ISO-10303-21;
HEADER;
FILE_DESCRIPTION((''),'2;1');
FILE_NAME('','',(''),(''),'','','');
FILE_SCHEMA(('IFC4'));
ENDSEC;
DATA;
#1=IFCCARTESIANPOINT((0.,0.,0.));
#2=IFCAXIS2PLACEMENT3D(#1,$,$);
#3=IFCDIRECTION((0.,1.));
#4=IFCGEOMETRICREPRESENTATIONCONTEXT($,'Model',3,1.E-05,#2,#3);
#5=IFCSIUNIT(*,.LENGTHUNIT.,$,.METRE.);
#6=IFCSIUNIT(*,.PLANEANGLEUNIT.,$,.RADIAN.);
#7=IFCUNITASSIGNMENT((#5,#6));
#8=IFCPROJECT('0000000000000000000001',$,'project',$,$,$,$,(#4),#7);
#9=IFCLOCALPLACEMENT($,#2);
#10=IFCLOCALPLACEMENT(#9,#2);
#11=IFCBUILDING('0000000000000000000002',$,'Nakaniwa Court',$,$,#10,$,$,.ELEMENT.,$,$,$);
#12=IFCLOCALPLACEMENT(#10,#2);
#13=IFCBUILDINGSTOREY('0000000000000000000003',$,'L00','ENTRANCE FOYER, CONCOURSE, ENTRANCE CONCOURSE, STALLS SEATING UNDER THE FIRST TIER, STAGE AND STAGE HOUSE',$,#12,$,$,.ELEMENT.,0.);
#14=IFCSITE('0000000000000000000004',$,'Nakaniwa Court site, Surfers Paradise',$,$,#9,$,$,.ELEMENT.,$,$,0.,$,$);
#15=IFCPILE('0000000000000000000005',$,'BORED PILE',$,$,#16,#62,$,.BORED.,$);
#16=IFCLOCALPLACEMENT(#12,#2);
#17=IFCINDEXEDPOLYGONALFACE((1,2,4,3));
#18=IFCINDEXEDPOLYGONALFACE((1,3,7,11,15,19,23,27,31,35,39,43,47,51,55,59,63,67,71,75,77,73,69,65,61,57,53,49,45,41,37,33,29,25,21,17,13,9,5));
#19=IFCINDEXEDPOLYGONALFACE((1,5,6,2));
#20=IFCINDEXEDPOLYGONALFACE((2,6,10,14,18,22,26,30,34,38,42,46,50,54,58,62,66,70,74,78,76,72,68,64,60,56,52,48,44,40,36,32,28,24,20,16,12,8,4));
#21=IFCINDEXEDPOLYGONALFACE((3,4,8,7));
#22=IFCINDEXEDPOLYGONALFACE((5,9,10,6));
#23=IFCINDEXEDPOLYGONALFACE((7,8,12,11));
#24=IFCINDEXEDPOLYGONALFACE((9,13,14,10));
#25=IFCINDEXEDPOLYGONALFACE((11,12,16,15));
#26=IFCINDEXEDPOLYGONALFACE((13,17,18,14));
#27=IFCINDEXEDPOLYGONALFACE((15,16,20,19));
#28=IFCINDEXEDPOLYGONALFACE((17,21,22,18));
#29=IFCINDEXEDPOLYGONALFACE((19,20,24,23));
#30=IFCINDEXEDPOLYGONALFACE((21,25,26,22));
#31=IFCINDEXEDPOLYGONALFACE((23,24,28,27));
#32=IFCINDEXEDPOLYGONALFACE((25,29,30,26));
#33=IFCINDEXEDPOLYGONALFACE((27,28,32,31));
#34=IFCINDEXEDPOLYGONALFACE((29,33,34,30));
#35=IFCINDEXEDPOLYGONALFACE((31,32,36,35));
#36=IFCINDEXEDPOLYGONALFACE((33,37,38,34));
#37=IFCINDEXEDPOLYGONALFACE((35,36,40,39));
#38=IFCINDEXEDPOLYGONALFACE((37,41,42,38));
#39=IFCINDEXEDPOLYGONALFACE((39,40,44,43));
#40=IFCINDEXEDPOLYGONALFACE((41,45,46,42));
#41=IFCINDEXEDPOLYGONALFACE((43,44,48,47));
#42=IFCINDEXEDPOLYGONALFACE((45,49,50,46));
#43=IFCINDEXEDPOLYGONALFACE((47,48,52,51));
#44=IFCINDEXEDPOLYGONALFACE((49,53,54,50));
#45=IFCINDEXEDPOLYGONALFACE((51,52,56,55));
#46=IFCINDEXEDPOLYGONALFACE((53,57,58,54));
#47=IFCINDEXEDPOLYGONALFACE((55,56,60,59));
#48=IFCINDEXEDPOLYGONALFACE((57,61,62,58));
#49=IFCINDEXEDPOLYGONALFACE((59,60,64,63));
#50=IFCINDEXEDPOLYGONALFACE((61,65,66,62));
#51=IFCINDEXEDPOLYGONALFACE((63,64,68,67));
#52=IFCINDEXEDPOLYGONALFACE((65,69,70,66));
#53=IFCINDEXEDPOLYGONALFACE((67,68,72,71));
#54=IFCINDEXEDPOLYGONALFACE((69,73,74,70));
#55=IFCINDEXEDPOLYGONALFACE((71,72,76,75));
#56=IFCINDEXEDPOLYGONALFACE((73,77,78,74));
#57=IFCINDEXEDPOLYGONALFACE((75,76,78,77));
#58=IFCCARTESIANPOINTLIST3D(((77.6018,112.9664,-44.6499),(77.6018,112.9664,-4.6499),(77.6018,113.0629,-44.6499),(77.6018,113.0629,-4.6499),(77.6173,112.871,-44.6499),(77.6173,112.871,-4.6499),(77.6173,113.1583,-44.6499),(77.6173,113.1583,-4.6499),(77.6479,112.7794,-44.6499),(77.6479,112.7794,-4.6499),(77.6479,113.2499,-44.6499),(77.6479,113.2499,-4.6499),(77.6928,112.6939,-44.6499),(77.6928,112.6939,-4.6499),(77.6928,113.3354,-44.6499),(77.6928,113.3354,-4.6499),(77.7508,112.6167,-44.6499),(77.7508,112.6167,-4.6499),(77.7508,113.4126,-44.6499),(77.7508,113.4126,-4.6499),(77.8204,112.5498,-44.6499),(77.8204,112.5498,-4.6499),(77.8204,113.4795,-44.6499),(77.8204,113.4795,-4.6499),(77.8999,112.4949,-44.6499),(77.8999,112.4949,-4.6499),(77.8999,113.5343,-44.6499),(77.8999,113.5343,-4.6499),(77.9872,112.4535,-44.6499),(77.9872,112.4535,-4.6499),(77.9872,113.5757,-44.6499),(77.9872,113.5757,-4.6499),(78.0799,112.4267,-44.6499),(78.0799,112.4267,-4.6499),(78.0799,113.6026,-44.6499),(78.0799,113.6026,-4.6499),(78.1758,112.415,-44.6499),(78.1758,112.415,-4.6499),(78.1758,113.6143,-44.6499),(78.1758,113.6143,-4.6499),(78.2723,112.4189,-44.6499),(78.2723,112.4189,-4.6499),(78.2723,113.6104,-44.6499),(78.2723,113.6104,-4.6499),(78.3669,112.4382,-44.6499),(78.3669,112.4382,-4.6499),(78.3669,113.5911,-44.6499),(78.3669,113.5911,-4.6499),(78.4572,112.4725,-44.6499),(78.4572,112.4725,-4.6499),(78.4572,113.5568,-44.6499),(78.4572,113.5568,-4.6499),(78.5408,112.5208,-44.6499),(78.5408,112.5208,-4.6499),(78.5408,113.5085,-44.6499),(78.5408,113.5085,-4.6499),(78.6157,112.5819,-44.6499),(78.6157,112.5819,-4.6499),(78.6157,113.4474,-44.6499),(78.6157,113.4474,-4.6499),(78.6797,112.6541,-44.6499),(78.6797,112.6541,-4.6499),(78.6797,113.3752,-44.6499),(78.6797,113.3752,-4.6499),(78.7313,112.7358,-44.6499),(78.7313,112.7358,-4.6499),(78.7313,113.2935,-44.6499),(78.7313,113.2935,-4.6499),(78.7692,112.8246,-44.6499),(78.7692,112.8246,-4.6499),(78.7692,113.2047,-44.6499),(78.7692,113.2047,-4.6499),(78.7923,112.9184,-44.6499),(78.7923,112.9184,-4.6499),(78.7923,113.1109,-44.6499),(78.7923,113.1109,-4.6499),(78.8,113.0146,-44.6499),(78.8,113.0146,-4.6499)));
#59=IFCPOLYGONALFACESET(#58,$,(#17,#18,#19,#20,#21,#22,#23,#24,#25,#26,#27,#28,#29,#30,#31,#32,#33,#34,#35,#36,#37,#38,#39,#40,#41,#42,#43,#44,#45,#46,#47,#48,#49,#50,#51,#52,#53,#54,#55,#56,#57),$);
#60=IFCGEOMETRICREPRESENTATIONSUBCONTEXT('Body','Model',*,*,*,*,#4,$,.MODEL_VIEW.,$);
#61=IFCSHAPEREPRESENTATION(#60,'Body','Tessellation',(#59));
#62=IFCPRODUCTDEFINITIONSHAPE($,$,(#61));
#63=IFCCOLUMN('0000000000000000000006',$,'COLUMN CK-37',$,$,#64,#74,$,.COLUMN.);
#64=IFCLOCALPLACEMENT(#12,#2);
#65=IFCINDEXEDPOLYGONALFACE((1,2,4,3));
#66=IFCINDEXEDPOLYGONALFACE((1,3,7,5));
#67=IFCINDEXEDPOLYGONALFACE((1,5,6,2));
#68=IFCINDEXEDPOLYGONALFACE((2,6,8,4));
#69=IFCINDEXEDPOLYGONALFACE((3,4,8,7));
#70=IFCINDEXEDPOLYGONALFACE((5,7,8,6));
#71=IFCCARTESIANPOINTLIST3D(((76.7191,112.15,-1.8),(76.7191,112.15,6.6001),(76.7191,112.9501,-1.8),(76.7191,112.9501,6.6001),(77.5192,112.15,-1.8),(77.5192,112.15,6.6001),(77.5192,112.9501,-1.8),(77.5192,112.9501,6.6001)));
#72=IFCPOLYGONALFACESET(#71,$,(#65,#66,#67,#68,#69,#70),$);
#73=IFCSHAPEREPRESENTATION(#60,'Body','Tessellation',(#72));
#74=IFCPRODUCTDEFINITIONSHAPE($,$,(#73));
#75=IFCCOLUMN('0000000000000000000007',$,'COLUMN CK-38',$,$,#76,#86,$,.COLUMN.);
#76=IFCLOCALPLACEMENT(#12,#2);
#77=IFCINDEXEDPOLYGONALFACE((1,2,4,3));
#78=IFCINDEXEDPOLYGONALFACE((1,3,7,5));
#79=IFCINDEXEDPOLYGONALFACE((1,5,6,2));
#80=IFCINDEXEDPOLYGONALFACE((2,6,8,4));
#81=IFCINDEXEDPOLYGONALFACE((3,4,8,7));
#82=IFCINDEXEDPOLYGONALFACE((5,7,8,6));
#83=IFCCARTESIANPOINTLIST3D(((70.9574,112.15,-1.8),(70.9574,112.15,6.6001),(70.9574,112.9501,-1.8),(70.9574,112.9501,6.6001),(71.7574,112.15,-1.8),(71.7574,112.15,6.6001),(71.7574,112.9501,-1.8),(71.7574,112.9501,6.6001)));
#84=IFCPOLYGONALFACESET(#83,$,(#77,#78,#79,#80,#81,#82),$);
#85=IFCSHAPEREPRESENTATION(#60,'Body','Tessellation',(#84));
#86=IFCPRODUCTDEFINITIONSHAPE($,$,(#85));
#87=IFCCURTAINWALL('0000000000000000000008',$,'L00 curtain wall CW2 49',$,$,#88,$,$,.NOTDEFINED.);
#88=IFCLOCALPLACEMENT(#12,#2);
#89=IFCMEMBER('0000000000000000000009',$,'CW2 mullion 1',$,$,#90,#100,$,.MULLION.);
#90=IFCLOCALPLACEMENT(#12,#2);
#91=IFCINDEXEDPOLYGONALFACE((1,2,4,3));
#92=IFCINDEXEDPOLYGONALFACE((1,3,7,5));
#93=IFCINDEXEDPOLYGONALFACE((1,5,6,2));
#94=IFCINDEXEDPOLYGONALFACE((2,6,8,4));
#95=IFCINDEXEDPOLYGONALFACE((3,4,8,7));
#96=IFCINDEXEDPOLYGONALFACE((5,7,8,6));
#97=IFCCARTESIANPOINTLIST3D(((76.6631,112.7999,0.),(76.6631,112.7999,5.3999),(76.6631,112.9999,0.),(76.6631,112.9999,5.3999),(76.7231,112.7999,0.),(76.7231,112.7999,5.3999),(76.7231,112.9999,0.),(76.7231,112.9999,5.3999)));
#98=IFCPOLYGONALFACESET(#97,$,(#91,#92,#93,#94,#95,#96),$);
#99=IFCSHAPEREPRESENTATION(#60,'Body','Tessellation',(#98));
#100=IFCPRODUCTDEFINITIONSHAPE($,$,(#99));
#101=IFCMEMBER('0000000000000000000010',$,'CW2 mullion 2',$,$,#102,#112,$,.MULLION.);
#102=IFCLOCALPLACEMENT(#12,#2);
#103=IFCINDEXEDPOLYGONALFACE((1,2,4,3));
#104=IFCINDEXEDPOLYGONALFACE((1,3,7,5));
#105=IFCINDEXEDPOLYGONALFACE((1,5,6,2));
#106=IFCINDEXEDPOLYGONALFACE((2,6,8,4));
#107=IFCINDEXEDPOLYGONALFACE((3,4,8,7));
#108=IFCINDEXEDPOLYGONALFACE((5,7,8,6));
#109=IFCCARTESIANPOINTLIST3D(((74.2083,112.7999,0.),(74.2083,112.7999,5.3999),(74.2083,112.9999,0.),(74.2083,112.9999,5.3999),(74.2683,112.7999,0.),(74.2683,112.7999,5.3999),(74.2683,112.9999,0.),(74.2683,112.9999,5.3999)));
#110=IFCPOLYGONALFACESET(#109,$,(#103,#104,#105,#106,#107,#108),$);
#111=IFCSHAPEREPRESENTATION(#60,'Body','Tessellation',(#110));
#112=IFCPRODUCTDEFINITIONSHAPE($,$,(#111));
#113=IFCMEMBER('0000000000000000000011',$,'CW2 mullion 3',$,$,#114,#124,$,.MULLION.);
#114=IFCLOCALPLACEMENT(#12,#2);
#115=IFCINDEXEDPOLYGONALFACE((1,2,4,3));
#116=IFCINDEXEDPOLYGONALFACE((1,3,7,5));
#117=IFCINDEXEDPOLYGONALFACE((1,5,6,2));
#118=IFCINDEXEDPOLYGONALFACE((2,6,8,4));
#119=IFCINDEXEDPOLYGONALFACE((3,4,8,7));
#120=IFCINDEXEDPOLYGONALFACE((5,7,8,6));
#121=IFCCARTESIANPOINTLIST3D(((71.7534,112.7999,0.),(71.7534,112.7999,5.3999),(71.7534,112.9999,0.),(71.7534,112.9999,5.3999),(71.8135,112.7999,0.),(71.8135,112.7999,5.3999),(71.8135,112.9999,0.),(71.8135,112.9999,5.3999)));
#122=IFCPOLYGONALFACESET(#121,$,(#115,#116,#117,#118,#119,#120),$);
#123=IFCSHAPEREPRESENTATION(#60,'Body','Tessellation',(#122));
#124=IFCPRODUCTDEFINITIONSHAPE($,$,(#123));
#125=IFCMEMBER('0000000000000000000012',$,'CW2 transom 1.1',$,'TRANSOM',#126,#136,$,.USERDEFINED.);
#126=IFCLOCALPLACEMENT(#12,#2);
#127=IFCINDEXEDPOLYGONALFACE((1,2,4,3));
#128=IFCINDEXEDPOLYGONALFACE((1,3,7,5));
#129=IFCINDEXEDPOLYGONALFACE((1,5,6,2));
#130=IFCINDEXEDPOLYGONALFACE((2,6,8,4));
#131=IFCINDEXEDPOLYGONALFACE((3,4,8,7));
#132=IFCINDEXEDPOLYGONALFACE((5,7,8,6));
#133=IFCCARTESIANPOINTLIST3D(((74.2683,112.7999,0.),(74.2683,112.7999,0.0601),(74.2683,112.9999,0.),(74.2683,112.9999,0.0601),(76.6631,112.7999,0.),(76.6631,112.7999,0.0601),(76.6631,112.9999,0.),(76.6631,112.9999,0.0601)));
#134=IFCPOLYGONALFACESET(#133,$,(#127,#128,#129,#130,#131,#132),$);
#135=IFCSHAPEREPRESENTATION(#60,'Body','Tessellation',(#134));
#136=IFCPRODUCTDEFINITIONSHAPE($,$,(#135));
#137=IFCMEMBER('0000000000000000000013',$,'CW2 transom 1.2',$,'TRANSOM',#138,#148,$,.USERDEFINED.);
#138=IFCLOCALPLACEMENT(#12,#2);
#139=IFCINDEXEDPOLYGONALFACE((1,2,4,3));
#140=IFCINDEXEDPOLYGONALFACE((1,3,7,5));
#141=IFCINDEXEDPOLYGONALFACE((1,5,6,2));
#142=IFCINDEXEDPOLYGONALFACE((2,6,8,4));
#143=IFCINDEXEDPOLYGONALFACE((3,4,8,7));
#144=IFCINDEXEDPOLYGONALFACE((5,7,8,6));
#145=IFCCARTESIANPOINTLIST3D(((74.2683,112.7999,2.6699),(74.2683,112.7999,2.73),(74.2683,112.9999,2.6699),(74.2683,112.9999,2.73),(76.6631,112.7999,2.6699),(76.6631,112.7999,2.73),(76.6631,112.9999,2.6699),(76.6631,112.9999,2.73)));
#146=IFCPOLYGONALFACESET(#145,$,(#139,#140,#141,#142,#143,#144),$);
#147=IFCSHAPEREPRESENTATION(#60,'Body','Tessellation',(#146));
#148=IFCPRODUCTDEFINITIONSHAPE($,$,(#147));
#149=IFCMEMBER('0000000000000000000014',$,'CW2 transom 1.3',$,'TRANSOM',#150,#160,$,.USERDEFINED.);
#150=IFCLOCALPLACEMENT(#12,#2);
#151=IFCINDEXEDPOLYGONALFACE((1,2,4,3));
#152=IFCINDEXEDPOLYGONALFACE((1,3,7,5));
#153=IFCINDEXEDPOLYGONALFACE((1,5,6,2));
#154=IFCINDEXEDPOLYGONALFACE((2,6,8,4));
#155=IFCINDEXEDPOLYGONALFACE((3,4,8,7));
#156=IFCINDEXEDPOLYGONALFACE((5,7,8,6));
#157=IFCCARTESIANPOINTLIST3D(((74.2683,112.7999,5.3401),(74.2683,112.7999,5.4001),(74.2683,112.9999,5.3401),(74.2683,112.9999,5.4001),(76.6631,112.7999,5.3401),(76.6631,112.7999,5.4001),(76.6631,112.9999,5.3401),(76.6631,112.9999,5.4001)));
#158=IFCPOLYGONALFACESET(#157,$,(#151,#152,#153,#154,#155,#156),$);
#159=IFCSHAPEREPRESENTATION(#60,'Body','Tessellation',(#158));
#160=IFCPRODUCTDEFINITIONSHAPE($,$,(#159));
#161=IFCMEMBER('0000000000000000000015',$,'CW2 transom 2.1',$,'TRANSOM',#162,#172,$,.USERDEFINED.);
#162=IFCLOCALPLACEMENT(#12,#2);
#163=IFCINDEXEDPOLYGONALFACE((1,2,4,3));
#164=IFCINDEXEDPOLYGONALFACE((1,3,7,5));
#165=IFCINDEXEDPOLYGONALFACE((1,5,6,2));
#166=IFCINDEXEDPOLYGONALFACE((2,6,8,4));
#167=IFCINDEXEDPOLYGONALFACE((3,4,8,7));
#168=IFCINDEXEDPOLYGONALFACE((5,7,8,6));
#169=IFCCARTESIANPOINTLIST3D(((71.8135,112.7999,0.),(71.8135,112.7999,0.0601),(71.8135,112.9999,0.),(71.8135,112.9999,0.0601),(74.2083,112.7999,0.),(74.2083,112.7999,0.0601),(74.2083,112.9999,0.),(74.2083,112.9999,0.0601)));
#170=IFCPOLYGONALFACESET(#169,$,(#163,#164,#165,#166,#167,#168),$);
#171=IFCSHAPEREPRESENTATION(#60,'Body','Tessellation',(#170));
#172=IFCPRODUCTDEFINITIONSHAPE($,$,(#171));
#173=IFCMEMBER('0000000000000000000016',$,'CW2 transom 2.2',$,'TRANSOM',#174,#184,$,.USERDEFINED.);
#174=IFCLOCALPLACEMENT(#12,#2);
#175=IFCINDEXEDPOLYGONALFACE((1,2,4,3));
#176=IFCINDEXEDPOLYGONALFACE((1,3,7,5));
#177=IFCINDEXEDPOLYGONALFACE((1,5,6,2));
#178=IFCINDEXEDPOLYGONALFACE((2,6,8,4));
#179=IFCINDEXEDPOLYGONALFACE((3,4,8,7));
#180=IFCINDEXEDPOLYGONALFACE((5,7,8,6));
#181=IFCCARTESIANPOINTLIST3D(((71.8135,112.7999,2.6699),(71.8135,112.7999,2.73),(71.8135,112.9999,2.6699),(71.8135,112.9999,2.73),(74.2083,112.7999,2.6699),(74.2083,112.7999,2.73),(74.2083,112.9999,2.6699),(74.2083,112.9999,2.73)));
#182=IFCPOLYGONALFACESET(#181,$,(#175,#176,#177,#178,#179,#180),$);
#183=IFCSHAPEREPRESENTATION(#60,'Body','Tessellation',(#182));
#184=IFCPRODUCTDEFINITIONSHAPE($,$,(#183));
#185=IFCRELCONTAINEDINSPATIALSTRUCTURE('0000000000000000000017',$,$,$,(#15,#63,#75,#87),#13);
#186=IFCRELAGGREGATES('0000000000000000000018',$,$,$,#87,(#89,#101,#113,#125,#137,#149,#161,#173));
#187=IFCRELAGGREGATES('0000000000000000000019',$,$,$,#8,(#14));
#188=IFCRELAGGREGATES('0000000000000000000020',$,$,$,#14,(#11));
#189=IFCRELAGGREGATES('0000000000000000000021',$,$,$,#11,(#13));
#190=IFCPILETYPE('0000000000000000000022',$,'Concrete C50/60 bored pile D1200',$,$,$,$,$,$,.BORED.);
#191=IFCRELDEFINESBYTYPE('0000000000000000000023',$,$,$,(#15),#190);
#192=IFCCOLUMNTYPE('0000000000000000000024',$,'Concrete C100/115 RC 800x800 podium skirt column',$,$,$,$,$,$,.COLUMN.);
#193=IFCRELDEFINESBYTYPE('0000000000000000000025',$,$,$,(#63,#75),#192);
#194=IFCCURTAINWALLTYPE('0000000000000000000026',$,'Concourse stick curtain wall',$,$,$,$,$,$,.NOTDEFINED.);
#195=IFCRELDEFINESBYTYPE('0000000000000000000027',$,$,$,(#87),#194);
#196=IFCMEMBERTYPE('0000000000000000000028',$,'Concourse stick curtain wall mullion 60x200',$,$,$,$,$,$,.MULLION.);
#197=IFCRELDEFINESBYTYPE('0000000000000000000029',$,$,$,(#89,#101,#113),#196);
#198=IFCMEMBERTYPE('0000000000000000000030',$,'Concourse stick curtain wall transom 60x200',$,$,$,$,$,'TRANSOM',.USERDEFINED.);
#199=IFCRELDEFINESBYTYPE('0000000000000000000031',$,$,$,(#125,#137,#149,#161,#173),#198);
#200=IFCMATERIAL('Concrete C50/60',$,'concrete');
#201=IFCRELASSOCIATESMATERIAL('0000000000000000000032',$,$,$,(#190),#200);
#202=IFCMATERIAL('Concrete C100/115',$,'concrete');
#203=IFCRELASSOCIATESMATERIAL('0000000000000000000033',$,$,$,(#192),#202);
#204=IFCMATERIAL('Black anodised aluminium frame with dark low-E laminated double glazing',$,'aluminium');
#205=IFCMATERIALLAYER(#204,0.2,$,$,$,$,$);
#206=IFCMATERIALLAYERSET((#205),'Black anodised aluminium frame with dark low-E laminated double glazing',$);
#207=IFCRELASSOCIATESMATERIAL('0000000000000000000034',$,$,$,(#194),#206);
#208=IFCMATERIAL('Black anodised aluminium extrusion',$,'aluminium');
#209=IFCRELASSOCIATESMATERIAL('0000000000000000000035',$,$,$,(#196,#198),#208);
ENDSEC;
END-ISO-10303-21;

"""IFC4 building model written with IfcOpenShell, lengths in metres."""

from ifc_helpers import new_model, si_unit, direction, frame, origin, origin_2d, place, context, subcontext, project, spatial, rectangle, circle, extrude, material, layer, layer_set, material_profile, profile_set, type_object, element, aggregate, save


model = new_model("IFC4")

# Units and contexts
model_context = context("Model", 3, precision=1e-05, world=origin(), true_north=direction((0.0, 1.0)))
body_context = subcontext(model_context, "Body", "Model", "MODEL_VIEW")
ifc_project = project(units=[si_unit("LENGTHUNIT", "METRE"), si_unit("PLANEANGLEUNIT", "RADIAN")], contexts=[model_context])

# Site, building, storey
site_placement = place(None, origin())
site = spatial("IfcSite", under=ifc_project, at=site_placement, Name="Nakaniwa Court site, Surfers Paradise", CompositionType="ELEMENT", RefElevation=0.0)
building_placement = place(site_placement, origin())
building = spatial("IfcBuilding", under=site, at=building_placement, Name="Nakaniwa Court", CompositionType="ELEMENT")
storey_placement = place(building_placement, origin())
storey = spatial("IfcBuildingStorey", under=building, at=storey_placement, Name="L00", Description="ENTRANCE FOYER, CONCOURSE, ENTRANCE CONCOURSE, STALLS SEATING UNDER THE FIRST TIER, STAGE AND STAGE HOUSE", CompositionType="ELEMENT", Elevation=0.0)

# Pile
ifc_material_1 = material(Name="Concrete C50/60", Category="concrete")
ifc_material_profile_1 = material_profile(ifc_material_1, circle(Radius=0.6001, at=origin_2d()), Name="Concrete C50/60 bored pile D1200")
ifc_profile_set_1 = profile_set([ifc_material_profile_1], Name="Concrete C50/60")
pile_type = type_object("IfcPileType", Name="Concrete C50/60 bored pile D1200", PredefinedType="BORED", material=ifc_profile_set_1)
for number, where, z_axis, x_axis, name in (
    (1, (78.2, 113.0146, -4.6499), (0.0, 0.0, -1.0), (1.0, 0.0, 0.0), "BORED PILE"),
):
    element("IfcPile", number, at=place(storey_placement, frame(where, z_axis=z_axis, x_axis=x_axis)), inside=storey, type_object=pile_type, Name=name, PredefinedType="BORED", context=body_context, shape_type="SweptSolid", body=[
        extrude(circle(Radius=0.6001, at=origin_2d()), origin(), (0.0, 0.0, 1.0), 40.0),
    ])

# Columns
ifc_material_2 = material(Name="Concrete C100/115", Category="concrete")
ifc_material_profile_2 = material_profile(ifc_material_2, rectangle(XDim=0.8, YDim=0.8, at=origin_2d()), Name="Concrete C100/115 RC 800x800 podium skirt column")
ifc_profile_set_2 = profile_set([ifc_material_profile_2], Name="Concrete C100/115")
column_type = type_object("IfcColumnType", Name="Concrete C100/115 RC 800x800 podium skirt column", PredefinedType="COLUMN", material=ifc_profile_set_2)
for number, where, z_axis, x_axis, name in (
    (2, (77.1191, 112.55, -1.8), (0.0, 0.0, 1.0), (-1.0, 0.0, 0.0), "COLUMN CK-37"),
    (3, (71.3574, 112.55, -1.8), (0.0, 0.0, 1.0), (-1.0, 0.0, 0.0), "COLUMN CK-38"),
):
    element("IfcColumn", number, at=place(storey_placement, frame(where, z_axis=z_axis, x_axis=x_axis)), inside=storey, type_object=column_type, Name=name, PredefinedType="COLUMN", context=body_context, shape_type="SweptSolid", body=[
        extrude(rectangle(XDim=0.8, YDim=0.8, at=origin_2d()), origin(), (0.0, 0.0, 1.0), 8.4001),
    ])

# Curtain wall, members
ifc_material_3 = material(Name="Black anodised aluminium frame with dark low-E laminated double glazing", Category="aluminium")
ifc_layer_1 = layer(ifc_material_3, 0.2)
ifc_layer_set_1 = layer_set([ifc_layer_1], Name="Black anodised aluminium frame with dark low-E laminated double glazing")
curtain_wall_type = type_object("IfcCurtainWallType", Name="Concourse stick curtain wall", PredefinedType="NOTDEFINED", material=ifc_layer_set_1)
curtain_wall_placement = place(storey_placement, origin())
curtain_wall = element("IfcCurtainWall", 4, at=curtain_wall_placement, inside=storey, type_object=curtain_wall_type, Name="L00 curtain wall CW2 49", PredefinedType="NOTDEFINED")
ifc_material_4 = material(Name="Black anodised aluminium extrusion", Category="aluminium")
ifc_material_profile_3 = material_profile(ifc_material_4, rectangle(XDim=0.2, YDim=0.0601, at=origin_2d()), Name="Concourse stick curtain wall mullion 60x200")
ifc_profile_set_3 = profile_set([ifc_material_profile_3], Name="Black anodised aluminium extrusion")
member_type_1 = type_object("IfcMemberType", Name="Concourse stick curtain wall mullion 60x200", PredefinedType="MULLION", material=ifc_profile_set_3)
member_1_placement = place(storey_placement, frame((76.6931, 112.8999, 0.0), z_axis=(0.0, 0.0, 1.0), x_axis=(0.0, -1.0, 0.0)))
member_1 = element("IfcMember", 5, at=member_1_placement, type_object=member_type_1, Name="CW2 mullion 1", PredefinedType="MULLION", context=body_context, shape_type="SweptSolid", body=[
    extrude(rectangle(XDim=0.2, YDim=0.0601, at=origin_2d()), origin(), (0.0, 0.0, 1.0), 5.3999),
])
member_2_placement = place(storey_placement, frame((74.2383, 112.8999, 0.0), z_axis=(0.0, 0.0, 1.0), x_axis=(0.0, -1.0, 0.0)))
member_2 = element("IfcMember", 6, at=member_2_placement, type_object=member_type_1, Name="CW2 mullion 2", PredefinedType="MULLION", context=body_context, shape_type="SweptSolid", body=[
    extrude(rectangle(XDim=0.2, YDim=0.0601, at=origin_2d()), origin(), (0.0, 0.0, 1.0), 5.3999),
])
member_3_placement = place(storey_placement, frame((71.7834, 112.8999, 0.0), z_axis=(0.0, 0.0, 1.0), x_axis=(0.0, -1.0, 0.0)))
member_3 = element("IfcMember", 7, at=member_3_placement, type_object=member_type_1, Name="CW2 mullion 3", PredefinedType="MULLION", context=body_context, shape_type="SweptSolid", body=[
    extrude(rectangle(XDim=0.2, YDim=0.0601, at=origin_2d()), origin(), (0.0, 0.0, 1.0), 5.3999),
])
ifc_material_profile_4 = material_profile(ifc_material_4, rectangle(XDim=0.2, YDim=0.0601, at=origin_2d()), Name="Concourse stick curtain wall transom 60x200")
ifc_profile_set_4 = profile_set([ifc_material_profile_4], Name="Black anodised aluminium extrusion")
member_type_2 = type_object("IfcMemberType", Name="Concourse stick curtain wall transom 60x200", ElementType="TRANSOM", PredefinedType="USERDEFINED", material=ifc_profile_set_4)
member_4_placement = place(storey_placement, frame((76.6631, 112.8999, 0.03), z_axis=(-1.0, 0.0, 0.0), x_axis=(0.0, -1.0, 0.0)))
member_4 = element("IfcMember", 8, at=member_4_placement, type_object=member_type_2, Name="CW2 transom 1.1", ObjectType="TRANSOM", PredefinedType="USERDEFINED", context=body_context, shape_type="SweptSolid", body=[
    extrude(rectangle(XDim=0.2, YDim=0.0601, at=origin_2d()), origin(), (0.0, 0.0, 1.0), 2.3948),
])
member_5_placement = place(storey_placement, frame((76.6631, 112.8999, 2.7), z_axis=(-1.0, 0.0, 0.0), x_axis=(0.0, -1.0, 0.0)))
member_5 = element("IfcMember", 9, at=member_5_placement, type_object=member_type_2, Name="CW2 transom 1.2", ObjectType="TRANSOM", PredefinedType="USERDEFINED", context=body_context, shape_type="SweptSolid", body=[
    extrude(rectangle(XDim=0.2, YDim=0.0601, at=origin_2d()), origin(), (0.0, 0.0, 1.0), 2.3948),
])
member_6_placement = place(storey_placement, frame((76.6631, 112.8999, 5.3701), z_axis=(-1.0, 0.0, 0.0), x_axis=(0.0, -1.0, 0.0)))
member_6 = element("IfcMember", 10, at=member_6_placement, type_object=member_type_2, Name="CW2 transom 1.3", ObjectType="TRANSOM", PredefinedType="USERDEFINED", context=body_context, shape_type="SweptSolid", body=[
    extrude(rectangle(XDim=0.2, YDim=0.0601, at=origin_2d()), origin(), (0.0, 0.0, 1.0), 2.3948),
])
member_7_placement = place(storey_placement, frame((74.2083, 112.8999, 0.03), z_axis=(-1.0, 0.0, 0.0), x_axis=(0.0, -1.0, 0.0)))
member_7 = element("IfcMember", 11, at=member_7_placement, type_object=member_type_2, Name="CW2 transom 2.1", ObjectType="TRANSOM", PredefinedType="USERDEFINED", context=body_context, shape_type="SweptSolid", body=[
    extrude(rectangle(XDim=0.2, YDim=0.0601, at=origin_2d()), origin(), (0.0, 0.0, 1.0), 2.3948),
])
member_8_placement = place(storey_placement, frame((74.2083, 112.8999, 2.7), z_axis=(-1.0, 0.0, 0.0), x_axis=(0.0, -1.0, 0.0)))
member_8 = element("IfcMember", 12, at=member_8_placement, type_object=member_type_2, Name="CW2 transom 2.2", ObjectType="TRANSOM", PredefinedType="USERDEFINED", context=body_context, shape_type="SweptSolid", body=[
    extrude(rectangle(XDim=0.2, YDim=0.0601, at=origin_2d()), origin(), (0.0, 0.0, 1.0), 2.3948),
])
aggregate(curtain_wall, [member_1, member_2, member_3, member_4, member_5, member_6, member_7, member_8])

save(model, "model.ifc")
